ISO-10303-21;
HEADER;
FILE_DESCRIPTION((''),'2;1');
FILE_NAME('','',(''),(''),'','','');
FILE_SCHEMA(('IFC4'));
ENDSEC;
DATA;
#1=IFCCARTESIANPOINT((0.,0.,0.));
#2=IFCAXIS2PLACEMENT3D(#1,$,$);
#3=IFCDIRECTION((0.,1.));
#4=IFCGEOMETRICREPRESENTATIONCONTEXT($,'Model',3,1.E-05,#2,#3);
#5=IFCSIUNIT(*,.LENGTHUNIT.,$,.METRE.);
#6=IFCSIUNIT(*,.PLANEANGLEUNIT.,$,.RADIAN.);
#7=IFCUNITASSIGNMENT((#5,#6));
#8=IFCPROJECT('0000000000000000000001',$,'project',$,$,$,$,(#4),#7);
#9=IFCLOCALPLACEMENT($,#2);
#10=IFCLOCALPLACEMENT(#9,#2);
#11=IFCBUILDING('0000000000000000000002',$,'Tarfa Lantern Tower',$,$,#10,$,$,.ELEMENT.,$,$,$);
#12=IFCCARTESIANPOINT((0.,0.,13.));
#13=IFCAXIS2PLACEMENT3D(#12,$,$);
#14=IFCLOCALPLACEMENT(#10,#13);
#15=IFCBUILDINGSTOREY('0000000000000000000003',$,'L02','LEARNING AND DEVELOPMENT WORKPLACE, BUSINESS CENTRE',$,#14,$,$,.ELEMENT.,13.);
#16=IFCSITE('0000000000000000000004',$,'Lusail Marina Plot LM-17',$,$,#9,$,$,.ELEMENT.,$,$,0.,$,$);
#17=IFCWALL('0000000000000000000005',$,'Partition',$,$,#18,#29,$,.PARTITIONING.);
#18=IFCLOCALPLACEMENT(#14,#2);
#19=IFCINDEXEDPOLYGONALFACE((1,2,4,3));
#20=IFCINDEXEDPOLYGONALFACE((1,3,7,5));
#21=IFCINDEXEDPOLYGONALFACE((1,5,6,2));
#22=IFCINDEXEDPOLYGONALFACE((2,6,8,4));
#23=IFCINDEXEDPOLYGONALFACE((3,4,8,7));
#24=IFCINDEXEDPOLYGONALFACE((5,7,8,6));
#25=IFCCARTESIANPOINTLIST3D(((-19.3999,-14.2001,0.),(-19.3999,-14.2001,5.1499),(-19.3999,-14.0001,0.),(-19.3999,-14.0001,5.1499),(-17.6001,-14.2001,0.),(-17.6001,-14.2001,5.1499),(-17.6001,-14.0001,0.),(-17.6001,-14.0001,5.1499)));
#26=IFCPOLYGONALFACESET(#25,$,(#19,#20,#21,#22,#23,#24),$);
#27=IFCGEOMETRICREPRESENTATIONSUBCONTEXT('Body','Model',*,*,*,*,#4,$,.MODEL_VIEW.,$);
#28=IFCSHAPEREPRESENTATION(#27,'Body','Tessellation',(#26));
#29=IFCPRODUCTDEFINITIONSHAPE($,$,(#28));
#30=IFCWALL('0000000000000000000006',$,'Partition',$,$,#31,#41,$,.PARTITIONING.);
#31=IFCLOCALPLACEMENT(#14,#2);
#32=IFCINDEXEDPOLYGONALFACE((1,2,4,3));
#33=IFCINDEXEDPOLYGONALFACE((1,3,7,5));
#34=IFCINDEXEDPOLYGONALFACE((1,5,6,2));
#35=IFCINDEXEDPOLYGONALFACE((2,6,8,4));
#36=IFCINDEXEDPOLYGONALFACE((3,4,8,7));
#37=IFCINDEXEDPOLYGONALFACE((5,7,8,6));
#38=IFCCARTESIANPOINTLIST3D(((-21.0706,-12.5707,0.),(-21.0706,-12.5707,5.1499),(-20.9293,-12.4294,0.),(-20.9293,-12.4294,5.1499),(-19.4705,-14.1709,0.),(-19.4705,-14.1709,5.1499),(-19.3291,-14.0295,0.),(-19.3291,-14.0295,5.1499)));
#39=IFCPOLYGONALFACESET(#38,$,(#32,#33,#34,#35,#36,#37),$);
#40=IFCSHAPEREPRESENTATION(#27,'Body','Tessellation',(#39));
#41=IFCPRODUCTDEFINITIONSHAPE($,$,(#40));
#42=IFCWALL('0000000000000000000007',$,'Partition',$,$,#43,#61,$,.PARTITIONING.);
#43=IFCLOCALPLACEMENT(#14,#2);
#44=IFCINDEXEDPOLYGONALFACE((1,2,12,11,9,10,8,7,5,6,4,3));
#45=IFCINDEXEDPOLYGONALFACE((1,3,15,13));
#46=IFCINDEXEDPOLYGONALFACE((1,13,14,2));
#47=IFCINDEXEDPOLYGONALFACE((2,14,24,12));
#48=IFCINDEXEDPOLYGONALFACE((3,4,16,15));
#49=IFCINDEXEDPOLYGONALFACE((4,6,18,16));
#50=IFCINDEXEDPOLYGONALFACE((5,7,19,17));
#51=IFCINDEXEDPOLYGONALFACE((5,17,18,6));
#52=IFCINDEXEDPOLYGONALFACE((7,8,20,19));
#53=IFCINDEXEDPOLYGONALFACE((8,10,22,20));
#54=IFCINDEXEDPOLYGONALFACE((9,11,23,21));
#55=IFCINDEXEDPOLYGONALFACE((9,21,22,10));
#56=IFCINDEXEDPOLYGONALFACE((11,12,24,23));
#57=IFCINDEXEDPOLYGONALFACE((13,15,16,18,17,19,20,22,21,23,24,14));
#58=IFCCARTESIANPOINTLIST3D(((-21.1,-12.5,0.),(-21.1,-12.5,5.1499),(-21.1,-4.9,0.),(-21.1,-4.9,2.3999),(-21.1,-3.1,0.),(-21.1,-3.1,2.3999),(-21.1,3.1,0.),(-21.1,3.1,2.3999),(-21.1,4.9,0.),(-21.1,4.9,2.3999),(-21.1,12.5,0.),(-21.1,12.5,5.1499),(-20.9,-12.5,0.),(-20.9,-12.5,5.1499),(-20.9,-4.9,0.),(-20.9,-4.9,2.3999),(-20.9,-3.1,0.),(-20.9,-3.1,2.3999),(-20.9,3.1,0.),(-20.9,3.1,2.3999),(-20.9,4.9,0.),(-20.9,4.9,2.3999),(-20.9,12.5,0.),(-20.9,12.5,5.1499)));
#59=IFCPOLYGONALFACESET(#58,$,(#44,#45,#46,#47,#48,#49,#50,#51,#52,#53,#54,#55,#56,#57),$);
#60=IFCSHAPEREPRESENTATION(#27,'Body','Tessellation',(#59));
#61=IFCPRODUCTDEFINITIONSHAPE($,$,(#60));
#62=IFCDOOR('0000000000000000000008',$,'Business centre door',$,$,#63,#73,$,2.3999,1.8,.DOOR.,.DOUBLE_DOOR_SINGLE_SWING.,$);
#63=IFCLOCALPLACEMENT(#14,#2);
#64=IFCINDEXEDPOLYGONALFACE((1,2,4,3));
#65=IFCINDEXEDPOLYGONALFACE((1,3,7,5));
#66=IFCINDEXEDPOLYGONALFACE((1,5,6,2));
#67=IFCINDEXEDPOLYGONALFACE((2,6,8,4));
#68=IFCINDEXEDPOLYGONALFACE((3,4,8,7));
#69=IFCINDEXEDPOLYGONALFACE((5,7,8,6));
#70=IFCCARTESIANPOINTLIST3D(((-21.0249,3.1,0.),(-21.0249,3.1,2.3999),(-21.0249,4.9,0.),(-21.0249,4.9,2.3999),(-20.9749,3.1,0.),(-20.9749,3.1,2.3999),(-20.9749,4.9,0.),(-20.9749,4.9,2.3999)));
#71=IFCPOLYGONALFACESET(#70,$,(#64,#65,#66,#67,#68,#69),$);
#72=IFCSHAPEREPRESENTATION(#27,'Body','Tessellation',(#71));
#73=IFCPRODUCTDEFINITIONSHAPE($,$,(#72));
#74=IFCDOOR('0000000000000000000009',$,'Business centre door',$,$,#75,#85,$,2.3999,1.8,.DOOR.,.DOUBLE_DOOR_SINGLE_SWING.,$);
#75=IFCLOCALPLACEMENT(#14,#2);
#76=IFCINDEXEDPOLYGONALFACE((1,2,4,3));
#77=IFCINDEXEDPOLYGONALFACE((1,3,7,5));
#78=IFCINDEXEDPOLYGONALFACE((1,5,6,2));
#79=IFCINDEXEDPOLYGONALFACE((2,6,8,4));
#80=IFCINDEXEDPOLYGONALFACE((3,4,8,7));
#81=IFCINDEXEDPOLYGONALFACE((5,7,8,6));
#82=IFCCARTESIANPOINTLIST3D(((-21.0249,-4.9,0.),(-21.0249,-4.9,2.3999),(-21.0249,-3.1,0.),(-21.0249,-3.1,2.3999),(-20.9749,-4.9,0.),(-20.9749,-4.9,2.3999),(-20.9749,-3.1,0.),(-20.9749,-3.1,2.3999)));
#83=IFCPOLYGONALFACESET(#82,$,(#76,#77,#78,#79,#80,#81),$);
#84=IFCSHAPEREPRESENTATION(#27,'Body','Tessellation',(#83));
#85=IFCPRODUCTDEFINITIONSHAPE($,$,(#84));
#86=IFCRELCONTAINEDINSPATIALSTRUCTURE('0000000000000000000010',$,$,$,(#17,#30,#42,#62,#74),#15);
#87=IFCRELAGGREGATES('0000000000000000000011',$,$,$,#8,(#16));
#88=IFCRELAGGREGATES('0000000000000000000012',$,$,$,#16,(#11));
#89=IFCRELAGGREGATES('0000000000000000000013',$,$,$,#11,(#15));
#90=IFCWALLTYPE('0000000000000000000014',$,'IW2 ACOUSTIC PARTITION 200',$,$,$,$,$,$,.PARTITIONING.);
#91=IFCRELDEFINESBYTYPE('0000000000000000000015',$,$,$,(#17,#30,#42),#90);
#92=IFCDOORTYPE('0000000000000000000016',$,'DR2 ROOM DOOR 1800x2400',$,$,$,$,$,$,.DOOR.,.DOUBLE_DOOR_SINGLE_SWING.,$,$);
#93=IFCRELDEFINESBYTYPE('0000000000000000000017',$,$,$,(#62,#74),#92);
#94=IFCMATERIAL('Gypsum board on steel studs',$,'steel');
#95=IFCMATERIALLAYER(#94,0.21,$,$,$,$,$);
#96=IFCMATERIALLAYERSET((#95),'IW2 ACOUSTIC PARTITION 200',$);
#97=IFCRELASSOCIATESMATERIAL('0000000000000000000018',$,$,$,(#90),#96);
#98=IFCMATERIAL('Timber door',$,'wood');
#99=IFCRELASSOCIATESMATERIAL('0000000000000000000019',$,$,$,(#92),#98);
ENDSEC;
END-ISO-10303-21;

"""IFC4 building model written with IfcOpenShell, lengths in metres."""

from ifc_helpers import new_model, si_unit, direction, frame, frame_2d, origin, place, context, subcontext, project, spatial, rectangle, extrude, material, layer, layer_set, type_object, element, fill, save


model = new_model("IFC4")

# Units and contexts
model_context = context("Model", 3, precision=1e-05, world=origin(), true_north=direction((0.0, 1.0)))
body_context = subcontext(model_context, "Body", "Model", "MODEL_VIEW")
ifc_project = project(units=[si_unit("LENGTHUNIT", "METRE"), si_unit("PLANEANGLEUNIT", "RADIAN")], contexts=[model_context])

# Site, building, storey
site_placement = place(None, origin())
site = spatial("IfcSite", under=ifc_project, at=site_placement, Name="Lusail Marina Plot LM-17", CompositionType="ELEMENT", RefElevation=0.0)
building_placement = place(site_placement, origin())
building = spatial("IfcBuilding", under=site, at=building_placement, Name="Tarfa Lantern Tower", CompositionType="ELEMENT")
storey_placement = place(building_placement, frame((0.0, 0.0, 13.0)))
storey = spatial("IfcBuildingStorey", under=building, at=storey_placement, Name="L02", Description="LEARNING AND DEVELOPMENT WORKPLACE, BUSINESS CENTRE", CompositionType="ELEMENT", Elevation=13.0)

# Walls
ifc_material_1 = material(Name="Gypsum board on steel studs", Category="steel")
ifc_layer = layer(ifc_material_1, 0.21)
ifc_layer_set = layer_set([ifc_layer], Name="IW2 ACOUSTIC PARTITION 200")
wall_type = type_object("IfcWallType", Name="IW2 ACOUSTIC PARTITION 200", PredefinedType="PARTITIONING", material=ifc_layer_set)
wall_1_placement = place(storey_placement, frame((-17.6001, -14.1001, 0.0), z_axis=(0.0, 0.0, 1.0), x_axis=(-1.0, 0.0, 0.0)))
element("IfcWall", 1, at=wall_1_placement, inside=storey, type_object=wall_type, Name="Partition", PredefinedType="PARTITIONING", context=body_context, shape_type="SweptSolid", body=[
    extrude(rectangle(XDim=1.7998, YDim=0.2, at=frame_2d((0.8999, 0.0))), origin(), (0.0, 0.0, 1.0), 5.1499),
])
wall_2_placement = place(storey_placement, frame((-19.3999, -14.1001, 0.0), z_axis=(0.0, 0.0, 1.0), x_axis=(-0.707107, 0.707107, 0.0)))
element("IfcWall", 2, at=wall_2_placement, inside=storey, type_object=wall_type, Name="Partition", PredefinedType="PARTITIONING", context=body_context, shape_type="SweptSolid", body=[
    extrude(rectangle(XDim=2.2629, YDim=0.2, at=frame_2d((1.1313, 0.0))), origin(), (0.0, 0.0, 1.0), 5.1499),
])

# Wall, openings, doors
wall_3_placement = place(storey_placement, frame((-21.0, -12.5, 0.0), z_axis=(0.0, 0.0, 1.0), x_axis=(0.0, 1.0, 0.0)))
wall_3 = element("IfcWall", 3, at=wall_3_placement, inside=storey, type_object=wall_type, Name="Partition", PredefinedType="PARTITIONING", context=body_context, shape_type="SweptSolid", body=[
    extrude(rectangle(XDim=25.0, YDim=0.2, at=frame_2d((12.5, 0.0))), origin(), (0.0, 0.0, 1.0), 5.1499),
])
opening_1_placement = place(wall_3_placement, frame((15.6001, 0.0, 0.0)))
opening_1 = element("IfcOpeningElement", 4, at=opening_1_placement, cuts=wall_3, PredefinedType="OPENING", context=body_context, shape_type="SweptSolid", body=[
    extrude(rectangle(XDim=1.8, YDim=2.3999, at=frame_2d((0.8999, 1.2))), frame((0.0, 0.1099, 0.0), z_axis=(0.0, -1.0, 0.0), x_axis=(1.0, 0.0, 0.0)), (0.0, 0.0, 1.0), 0.22),
])
opening_2_placement = place(wall_3_placement, frame((7.6001, 0.0, 0.0)))
opening_2 = element("IfcOpeningElement", 5, at=opening_2_placement, cuts=wall_3, PredefinedType="OPENING", context=body_context, shape_type="SweptSolid", body=[
    extrude(rectangle(XDim=1.8, YDim=2.3999, at=frame_2d((0.8999, 1.2))), frame((0.0, 0.1099, 0.0), z_axis=(0.0, -1.0, 0.0), x_axis=(1.0, 0.0, 0.0)), (0.0, 0.0, 1.0), 0.22),
])
ifc_material_2 = material(Name="Timber door", Category="wood")
door_type = type_object("IfcDoorType", Name="DR2 ROOM DOOR 1800x2400", OperationType="DOUBLE_DOOR_SINGLE_SWING", PredefinedType="DOOR", material=ifc_material_2)
door_1_placement = place(opening_1_placement, origin())
door_1 = element("IfcDoor", 6, at=door_1_placement, inside=storey, type_object=door_type, Name="Business centre door", OperationType="DOUBLE_DOOR_SINGLE_SWING", OverallHeight=2.3999, OverallWidth=1.8, PredefinedType="DOOR", context=body_context, shape_type="SweptSolid", body=[
    extrude(rectangle(XDim=1.8, YDim=2.3999, at=frame_2d((0.8999, 1.2))), frame((0.0, 0.0249, 0.0), z_axis=(0.0, -1.0, 0.0), x_axis=(1.0, 0.0, 0.0)), (0.0, 0.0, 1.0), 0.05),
])
fill(opening_1, door_1)
door_2_placement = place(opening_2_placement, origin())
door_2 = element("IfcDoor", 7, at=door_2_placement, inside=storey, type_object=door_type, Name="Business centre door", OperationType="DOUBLE_DOOR_SINGLE_SWING", OverallHeight=2.3999, OverallWidth=1.8, PredefinedType="DOOR", context=body_context, shape_type="SweptSolid", body=[
    extrude(rectangle(XDim=1.8, YDim=2.3999, at=frame_2d((0.8999, 1.2))), frame((0.0, 0.0249, 0.0), z_axis=(0.0, -1.0, 0.0), x_axis=(1.0, 0.0, 0.0)), (0.0, 0.0, 1.0), 0.05),
])
fill(opening_2, door_2)

save(model, "model.ifc")
